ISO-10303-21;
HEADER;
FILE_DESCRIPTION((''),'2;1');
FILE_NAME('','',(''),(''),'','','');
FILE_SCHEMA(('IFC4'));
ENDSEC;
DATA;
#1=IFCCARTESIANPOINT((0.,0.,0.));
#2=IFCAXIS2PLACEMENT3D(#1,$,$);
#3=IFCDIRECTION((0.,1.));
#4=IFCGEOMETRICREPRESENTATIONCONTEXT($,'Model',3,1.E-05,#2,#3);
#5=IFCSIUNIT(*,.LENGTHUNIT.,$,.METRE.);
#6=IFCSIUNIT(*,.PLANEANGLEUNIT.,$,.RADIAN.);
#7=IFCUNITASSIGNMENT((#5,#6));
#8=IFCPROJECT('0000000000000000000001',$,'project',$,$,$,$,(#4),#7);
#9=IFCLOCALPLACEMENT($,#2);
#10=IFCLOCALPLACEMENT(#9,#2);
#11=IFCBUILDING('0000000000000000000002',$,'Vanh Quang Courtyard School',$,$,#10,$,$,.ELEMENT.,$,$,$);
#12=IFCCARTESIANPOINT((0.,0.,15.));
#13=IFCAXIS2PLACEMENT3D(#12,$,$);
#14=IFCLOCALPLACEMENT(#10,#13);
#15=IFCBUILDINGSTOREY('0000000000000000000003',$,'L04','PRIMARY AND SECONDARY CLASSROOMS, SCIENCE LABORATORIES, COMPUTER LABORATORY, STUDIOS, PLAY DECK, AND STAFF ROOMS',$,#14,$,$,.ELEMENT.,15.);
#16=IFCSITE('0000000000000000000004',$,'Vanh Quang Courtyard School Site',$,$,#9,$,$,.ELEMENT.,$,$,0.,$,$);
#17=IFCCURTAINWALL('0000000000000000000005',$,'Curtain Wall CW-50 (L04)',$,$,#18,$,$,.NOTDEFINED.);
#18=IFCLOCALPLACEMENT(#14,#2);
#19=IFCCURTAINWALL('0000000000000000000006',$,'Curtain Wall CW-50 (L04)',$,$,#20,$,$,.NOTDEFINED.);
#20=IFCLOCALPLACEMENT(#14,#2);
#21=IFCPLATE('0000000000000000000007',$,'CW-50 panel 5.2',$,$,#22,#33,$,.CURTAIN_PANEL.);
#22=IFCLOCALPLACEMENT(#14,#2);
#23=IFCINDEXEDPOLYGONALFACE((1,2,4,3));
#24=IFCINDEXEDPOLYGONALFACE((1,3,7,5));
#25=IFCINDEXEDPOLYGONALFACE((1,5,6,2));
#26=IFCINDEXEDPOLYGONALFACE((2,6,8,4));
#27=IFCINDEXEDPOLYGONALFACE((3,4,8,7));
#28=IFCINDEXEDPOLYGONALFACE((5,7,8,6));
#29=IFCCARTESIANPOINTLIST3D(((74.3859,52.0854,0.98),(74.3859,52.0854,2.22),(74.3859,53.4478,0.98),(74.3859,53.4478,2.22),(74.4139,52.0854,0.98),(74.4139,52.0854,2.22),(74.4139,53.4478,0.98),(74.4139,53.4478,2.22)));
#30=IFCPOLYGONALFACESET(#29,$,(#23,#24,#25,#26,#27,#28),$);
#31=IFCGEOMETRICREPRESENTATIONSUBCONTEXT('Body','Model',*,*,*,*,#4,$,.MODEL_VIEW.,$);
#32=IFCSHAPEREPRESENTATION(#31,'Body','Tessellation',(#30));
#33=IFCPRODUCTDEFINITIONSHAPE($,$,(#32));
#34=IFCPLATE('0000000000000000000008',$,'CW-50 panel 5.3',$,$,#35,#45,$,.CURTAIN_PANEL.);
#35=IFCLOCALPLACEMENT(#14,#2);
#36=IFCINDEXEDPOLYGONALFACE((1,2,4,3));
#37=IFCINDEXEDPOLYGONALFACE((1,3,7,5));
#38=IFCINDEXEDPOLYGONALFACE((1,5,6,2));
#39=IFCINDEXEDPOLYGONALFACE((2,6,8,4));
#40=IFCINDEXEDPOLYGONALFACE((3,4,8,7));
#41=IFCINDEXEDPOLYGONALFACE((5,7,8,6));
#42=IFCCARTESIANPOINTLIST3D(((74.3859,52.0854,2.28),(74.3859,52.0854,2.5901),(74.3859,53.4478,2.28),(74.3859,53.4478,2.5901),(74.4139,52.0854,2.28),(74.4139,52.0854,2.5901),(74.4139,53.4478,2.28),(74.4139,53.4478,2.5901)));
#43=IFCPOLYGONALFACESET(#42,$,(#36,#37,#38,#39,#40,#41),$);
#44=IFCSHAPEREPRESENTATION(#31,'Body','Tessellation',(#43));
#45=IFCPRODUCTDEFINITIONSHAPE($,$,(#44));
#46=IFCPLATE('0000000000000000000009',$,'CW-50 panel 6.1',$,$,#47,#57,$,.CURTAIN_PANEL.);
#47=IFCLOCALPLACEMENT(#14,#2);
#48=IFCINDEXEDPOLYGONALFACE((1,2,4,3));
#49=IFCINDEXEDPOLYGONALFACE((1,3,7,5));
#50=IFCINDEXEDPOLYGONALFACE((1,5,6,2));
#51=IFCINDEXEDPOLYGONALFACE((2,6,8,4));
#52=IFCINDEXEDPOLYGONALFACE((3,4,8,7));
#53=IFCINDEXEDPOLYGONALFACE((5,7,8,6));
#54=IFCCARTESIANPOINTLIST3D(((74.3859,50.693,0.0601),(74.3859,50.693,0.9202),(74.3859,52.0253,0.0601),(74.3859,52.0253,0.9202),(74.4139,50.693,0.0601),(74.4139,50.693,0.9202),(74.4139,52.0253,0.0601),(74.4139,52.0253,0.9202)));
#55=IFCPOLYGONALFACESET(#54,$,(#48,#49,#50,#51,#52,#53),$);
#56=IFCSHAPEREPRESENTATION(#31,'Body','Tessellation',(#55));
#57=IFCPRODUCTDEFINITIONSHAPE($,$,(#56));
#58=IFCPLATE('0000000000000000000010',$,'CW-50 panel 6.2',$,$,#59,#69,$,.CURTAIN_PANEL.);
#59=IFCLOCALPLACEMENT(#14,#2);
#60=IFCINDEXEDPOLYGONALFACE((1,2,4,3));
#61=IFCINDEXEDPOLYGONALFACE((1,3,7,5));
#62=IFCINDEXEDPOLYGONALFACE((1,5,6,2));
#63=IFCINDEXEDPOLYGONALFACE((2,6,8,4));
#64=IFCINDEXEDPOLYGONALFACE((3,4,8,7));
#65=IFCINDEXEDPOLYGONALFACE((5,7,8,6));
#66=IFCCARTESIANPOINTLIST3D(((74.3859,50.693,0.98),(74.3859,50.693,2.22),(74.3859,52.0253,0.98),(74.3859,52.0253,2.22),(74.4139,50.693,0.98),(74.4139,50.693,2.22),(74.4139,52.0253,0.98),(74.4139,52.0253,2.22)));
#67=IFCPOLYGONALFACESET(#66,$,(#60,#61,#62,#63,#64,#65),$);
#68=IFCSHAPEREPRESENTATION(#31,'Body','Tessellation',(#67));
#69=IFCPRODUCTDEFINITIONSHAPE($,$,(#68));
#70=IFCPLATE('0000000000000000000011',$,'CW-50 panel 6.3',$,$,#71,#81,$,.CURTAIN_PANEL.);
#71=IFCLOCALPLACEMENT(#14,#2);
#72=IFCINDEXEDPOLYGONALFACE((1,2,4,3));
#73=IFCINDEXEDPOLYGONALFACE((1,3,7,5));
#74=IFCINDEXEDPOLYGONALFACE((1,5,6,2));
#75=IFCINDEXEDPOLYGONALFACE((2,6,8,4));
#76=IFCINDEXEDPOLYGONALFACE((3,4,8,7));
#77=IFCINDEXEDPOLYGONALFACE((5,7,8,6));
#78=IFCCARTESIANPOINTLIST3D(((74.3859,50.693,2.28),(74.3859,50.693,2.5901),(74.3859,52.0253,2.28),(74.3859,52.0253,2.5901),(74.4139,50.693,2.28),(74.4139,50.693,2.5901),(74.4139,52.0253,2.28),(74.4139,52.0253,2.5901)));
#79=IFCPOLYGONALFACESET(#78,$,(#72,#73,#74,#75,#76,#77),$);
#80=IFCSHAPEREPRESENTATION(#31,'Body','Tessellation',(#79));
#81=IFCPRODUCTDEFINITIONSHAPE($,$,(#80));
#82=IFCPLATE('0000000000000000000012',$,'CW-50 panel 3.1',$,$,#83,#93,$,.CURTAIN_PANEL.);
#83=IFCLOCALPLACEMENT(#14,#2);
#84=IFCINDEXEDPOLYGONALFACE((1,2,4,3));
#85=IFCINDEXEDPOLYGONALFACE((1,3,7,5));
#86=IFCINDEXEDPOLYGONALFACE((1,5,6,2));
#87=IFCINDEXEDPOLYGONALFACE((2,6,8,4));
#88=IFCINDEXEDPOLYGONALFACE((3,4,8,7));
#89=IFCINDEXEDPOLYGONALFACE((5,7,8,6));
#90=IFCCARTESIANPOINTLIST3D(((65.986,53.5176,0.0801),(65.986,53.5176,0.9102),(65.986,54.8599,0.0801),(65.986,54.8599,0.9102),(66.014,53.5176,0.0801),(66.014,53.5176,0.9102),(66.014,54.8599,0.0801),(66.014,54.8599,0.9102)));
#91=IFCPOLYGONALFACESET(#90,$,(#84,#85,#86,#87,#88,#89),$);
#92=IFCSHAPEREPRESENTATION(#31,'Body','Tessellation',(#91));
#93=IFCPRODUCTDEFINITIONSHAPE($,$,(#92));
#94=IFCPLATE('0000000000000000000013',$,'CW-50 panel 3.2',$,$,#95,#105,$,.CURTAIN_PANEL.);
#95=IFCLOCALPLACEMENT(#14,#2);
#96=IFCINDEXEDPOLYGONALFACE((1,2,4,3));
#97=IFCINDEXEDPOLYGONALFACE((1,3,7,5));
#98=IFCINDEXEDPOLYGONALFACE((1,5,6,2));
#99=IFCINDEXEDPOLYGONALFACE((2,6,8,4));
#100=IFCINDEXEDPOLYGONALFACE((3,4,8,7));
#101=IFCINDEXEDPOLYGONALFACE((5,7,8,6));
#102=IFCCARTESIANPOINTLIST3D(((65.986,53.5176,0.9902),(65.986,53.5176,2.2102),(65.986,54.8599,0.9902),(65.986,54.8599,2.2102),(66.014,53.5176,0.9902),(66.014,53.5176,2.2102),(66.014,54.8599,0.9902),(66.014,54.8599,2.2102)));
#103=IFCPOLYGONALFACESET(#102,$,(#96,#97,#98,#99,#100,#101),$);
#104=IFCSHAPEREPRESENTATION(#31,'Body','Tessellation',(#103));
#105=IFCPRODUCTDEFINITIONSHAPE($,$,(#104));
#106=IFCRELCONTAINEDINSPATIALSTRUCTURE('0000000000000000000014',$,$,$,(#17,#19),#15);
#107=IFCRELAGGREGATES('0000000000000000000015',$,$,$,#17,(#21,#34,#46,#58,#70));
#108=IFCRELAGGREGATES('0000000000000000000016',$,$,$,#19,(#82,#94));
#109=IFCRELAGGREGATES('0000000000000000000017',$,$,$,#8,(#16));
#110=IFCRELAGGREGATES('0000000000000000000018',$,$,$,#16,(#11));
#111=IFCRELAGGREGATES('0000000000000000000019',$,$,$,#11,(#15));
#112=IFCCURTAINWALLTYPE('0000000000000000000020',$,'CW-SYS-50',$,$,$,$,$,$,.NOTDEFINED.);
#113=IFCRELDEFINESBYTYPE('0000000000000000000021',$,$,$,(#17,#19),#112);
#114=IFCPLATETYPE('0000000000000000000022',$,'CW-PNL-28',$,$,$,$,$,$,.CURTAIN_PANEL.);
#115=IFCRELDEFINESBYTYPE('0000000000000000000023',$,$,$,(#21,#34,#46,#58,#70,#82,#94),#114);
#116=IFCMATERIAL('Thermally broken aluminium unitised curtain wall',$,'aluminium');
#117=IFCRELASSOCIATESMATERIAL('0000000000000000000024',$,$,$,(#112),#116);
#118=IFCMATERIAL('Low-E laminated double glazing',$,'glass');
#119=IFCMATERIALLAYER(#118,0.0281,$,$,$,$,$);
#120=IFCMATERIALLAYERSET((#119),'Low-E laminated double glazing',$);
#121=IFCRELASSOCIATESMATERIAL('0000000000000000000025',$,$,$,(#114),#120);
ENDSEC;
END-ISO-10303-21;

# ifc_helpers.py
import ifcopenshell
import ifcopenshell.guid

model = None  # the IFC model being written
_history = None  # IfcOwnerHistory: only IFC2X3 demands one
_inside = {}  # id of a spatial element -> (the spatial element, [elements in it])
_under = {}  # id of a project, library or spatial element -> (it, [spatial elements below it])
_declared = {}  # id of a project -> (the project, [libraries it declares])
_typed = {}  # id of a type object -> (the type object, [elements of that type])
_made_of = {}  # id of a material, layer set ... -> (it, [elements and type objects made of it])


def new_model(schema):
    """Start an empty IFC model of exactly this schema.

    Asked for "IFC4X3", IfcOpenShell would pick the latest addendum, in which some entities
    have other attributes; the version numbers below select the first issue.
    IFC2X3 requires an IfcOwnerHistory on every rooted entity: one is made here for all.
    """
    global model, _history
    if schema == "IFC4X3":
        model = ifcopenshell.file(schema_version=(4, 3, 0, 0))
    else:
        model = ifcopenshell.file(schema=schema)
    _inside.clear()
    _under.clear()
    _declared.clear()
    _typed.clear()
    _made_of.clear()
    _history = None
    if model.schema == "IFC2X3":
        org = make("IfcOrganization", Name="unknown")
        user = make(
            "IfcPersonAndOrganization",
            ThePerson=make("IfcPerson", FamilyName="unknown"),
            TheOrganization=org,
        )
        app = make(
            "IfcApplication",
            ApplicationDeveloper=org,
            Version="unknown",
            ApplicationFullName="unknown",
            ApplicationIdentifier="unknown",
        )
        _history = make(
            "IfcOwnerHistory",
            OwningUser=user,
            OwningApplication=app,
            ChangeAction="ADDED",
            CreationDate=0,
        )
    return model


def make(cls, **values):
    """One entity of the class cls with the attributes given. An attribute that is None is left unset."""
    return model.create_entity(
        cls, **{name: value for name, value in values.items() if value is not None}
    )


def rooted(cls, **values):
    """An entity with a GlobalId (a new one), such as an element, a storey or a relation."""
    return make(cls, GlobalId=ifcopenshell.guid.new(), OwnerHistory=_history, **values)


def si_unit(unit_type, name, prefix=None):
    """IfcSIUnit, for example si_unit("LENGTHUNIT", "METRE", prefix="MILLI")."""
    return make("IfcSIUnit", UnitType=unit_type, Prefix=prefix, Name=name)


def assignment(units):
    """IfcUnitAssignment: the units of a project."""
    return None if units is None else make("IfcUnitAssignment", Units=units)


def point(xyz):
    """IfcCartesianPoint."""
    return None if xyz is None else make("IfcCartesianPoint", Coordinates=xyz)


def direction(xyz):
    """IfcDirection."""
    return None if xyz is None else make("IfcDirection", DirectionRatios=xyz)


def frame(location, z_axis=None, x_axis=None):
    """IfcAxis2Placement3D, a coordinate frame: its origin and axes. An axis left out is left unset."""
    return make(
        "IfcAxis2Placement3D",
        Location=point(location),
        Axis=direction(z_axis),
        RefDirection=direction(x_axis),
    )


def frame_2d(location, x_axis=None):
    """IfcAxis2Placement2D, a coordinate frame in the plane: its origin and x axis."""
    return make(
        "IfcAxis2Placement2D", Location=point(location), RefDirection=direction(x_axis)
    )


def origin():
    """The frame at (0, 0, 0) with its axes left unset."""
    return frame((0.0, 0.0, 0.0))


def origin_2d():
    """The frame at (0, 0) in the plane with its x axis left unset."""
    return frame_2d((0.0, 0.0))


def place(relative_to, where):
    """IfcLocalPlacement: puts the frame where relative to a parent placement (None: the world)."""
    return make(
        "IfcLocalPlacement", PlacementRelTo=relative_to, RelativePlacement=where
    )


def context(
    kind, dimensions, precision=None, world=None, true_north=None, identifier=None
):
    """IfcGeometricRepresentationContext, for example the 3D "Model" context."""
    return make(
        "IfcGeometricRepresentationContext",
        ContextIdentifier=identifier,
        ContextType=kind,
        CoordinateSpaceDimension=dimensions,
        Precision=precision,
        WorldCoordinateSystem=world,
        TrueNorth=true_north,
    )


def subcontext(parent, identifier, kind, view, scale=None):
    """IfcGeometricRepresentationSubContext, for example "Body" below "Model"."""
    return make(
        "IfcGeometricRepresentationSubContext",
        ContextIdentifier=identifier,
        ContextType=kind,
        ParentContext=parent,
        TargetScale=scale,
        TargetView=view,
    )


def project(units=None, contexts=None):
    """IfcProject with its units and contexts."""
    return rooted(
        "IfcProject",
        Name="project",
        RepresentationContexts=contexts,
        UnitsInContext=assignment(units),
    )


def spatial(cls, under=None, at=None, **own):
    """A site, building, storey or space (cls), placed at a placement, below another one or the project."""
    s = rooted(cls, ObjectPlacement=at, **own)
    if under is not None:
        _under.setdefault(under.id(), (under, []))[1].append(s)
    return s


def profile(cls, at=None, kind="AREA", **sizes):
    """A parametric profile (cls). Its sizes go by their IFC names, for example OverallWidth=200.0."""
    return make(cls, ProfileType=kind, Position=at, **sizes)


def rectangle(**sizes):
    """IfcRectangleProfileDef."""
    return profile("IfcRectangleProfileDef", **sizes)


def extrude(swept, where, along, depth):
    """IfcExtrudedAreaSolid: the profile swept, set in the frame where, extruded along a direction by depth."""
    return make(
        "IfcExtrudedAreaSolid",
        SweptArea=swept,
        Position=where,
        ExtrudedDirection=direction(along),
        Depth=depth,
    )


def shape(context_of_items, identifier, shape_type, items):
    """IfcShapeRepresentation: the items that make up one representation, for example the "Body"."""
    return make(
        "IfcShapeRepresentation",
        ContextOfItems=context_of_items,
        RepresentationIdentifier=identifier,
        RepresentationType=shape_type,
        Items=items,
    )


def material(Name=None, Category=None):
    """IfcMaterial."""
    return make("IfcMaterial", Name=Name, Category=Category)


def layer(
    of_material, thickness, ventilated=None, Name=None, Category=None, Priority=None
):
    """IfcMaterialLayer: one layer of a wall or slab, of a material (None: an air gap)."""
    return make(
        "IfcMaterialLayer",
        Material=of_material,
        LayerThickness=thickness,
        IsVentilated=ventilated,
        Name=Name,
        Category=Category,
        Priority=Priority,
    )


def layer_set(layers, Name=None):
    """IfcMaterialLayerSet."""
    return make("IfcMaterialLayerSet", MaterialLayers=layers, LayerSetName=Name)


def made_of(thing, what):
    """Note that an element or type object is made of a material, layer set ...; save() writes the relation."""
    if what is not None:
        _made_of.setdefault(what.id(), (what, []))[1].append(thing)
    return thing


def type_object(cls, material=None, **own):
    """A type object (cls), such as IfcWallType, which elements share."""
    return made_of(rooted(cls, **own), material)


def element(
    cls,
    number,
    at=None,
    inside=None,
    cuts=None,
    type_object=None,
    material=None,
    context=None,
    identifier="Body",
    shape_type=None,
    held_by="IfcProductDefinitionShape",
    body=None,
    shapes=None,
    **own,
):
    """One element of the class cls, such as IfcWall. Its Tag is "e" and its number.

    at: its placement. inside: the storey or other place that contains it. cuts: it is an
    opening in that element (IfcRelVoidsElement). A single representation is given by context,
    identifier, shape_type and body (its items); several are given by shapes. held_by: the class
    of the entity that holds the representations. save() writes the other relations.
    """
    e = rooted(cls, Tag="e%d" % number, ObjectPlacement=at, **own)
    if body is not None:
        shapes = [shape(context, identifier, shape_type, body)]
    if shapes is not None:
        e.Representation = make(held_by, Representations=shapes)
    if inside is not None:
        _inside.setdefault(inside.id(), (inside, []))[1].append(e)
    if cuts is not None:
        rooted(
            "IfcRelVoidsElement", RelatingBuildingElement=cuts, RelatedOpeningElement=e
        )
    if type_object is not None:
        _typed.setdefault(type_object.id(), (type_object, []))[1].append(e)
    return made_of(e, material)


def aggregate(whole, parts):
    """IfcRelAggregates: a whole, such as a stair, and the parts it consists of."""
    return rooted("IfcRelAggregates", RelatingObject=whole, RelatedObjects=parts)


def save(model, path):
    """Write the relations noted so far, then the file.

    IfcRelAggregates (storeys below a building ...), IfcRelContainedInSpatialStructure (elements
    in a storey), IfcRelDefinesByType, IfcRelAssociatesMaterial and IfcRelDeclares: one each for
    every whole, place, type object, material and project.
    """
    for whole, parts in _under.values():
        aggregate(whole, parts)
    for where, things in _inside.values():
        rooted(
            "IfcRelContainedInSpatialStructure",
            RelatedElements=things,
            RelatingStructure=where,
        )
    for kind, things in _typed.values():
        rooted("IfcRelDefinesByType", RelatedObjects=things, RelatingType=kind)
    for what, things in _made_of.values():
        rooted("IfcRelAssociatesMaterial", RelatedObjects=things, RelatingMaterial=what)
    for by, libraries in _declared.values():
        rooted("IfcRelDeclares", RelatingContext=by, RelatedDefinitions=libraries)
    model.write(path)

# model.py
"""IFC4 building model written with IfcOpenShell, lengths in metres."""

from ifc_helpers import new_model, si_unit, direction, frame, origin, origin_2d, place, context, subcontext, project, spatial, rectangle, extrude, material, layer, layer_set, type_object, element, aggregate, save


model = new_model("IFC4")

# Units and contexts
model_context = context("Model", 3, precision=1e-05, world=origin(), true_north=direction((0.0, 1.0)))
body_context = subcontext(model_context, "Body", "Model", "MODEL_VIEW")
ifc_project = project(units=[si_unit("LENGTHUNIT", "METRE"), si_unit("PLANEANGLEUNIT", "RADIAN")], contexts=[model_context])

# Site, building, storey
site_placement = place(None, origin())
site = spatial("IfcSite", under=ifc_project, at=site_placement, Name="Vanh Quang Courtyard School Site", CompositionType="ELEMENT", RefElevation=0.0)
building_placement = place(site_placement, origin())
building = spatial("IfcBuilding", under=site, at=building_placement, Name="Vanh Quang Courtyard School", CompositionType="ELEMENT")
storey_placement = place(building_placement, frame((0.0, 0.0, 15.0)))
storey = spatial("IfcBuildingStorey", under=building, at=storey_placement, Name="L04", Description="PRIMARY AND SECONDARY CLASSROOMS, SCIENCE LABORATORIES, COMPUTER LABORATORY, STUDIOS, PLAY DECK, AND STAFF ROOMS", CompositionType="ELEMENT", Elevation=15.0)

# Curtain wall
ifc_material_1 = material(Name="Thermally broken aluminium unitised curtain wall", Category="aluminium")
curtain_wall_type = type_object("IfcCurtainWallType", Name="CW-SYS-50", PredefinedType="NOTDEFINED", material=ifc_material_1)
curtain_wall_1_placement = place(storey_placement, origin())
curtain_wall_1 = element("IfcCurtainWall", 1, at=curtain_wall_1_placement, inside=storey, type_object=curtain_wall_type, Name="Curtain Wall CW-50 (L04)", PredefinedType="NOTDEFINED")

# Curtain wall
curtain_wall_2_placement = place(storey_placement, origin())
curtain_wall_2 = element("IfcCurtainWall", 2, at=curtain_wall_2_placement, inside=storey, type_object=curtain_wall_type, Name="Curtain Wall CW-50 (L04)", PredefinedType="NOTDEFINED")

# Plates
ifc_material_2 = material(Name="Low-E laminated double glazing", Category="glass")
ifc_layer = layer(ifc_material_2, 0.0281)
ifc_layer_set = layer_set([ifc_layer], Name="Low-E laminated double glazing")
plate_type = type_object("IfcPlateType", Name="CW-PNL-28", PredefinedType="CURTAIN_PANEL", material=ifc_layer_set)
plate_1_placement = place(storey_placement, frame((74.3999, 52.7666, 0.98), z_axis=(0.0, 0.0, 1.0), x_axis=(0.0, -1.0, 0.0)))
plate_1 = element("IfcPlate", 3, at=plate_1_placement, type_object=plate_type, Name="CW-50 panel 5.2", PredefinedType="CURTAIN_PANEL", context=body_context, shape_type="SweptSolid", body=[
    extrude(rectangle(XDim=1.3623, YDim=0.0281, at=origin_2d()), origin(), (0.0, 0.0, 1.0), 1.24),
])
plate_2_placement = place(storey_placement, frame((74.3999, 52.7666, 2.28), z_axis=(0.0, 0.0, 1.0), x_axis=(0.0, -1.0, 0.0)))
plate_2 = element("IfcPlate", 4, at=plate_2_placement, type_object=plate_type, Name="CW-50 panel 5.3", PredefinedType="CURTAIN_PANEL", context=body_context, shape_type="SweptSolid", body=[
    extrude(rectangle(XDim=1.3623, YDim=0.0281, at=origin_2d()), origin(), (0.0, 0.0, 1.0), 0.3101),
])
plate_3_placement = place(storey_placement, frame((74.3999, 51.3591, 0.0601), z_axis=(0.0, 0.0, 1.0), x_axis=(0.0, -1.0, 0.0)))
plate_3 = element("IfcPlate", 5, at=plate_3_placement, type_object=plate_type, Name="CW-50 panel 6.1", PredefinedType="CURTAIN_PANEL", context=body_context, shape_type="SweptSolid", body=[
    extrude(rectangle(XDim=1.3323, YDim=0.0281, at=origin_2d()), origin(), (0.0, 0.0, 1.0), 0.8601),
])
plate_4_placement = place(storey_placement, frame((74.3999, 51.3591, 0.98), z_axis=(0.0, 0.0, 1.0), x_axis=(0.0, -1.0, 0.0)))
plate_4 = element("IfcPlate", 6, at=plate_4_placement, type_object=plate_type, Name="CW-50 panel 6.2", PredefinedType="CURTAIN_PANEL", context=body_context, shape_type="SweptSolid", body=[
    extrude(rectangle(XDim=1.3323, YDim=0.0281, at=origin_2d()), origin(), (0.0, 0.0, 1.0), 1.24),
])
plate_5_placement = place(storey_placement, frame((74.3999, 51.3591, 2.28), z_axis=(0.0, 0.0, 1.0), x_axis=(0.0, -1.0, 0.0)))
plate_5 = element("IfcPlate", 7, at=plate_5_placement, type_object=plate_type, Name="CW-50 panel 6.3", PredefinedType="CURTAIN_PANEL", context=body_context, shape_type="SweptSolid", body=[
    extrude(rectangle(XDim=1.3323, YDim=0.0281, at=origin_2d()), origin(), (0.0, 0.0, 1.0), 0.3101),
])
aggregate(curtain_wall_1, [plate_1, plate_2, plate_3, plate_4, plate_5])
plate_6_placement = place(storey_placement, frame((66.0, 54.1887, 0.0801), z_axis=(0.0, 0.0, 1.0), x_axis=(0.0, 1.0, 0.0)))
plate_6 = element("IfcPlate", 8, at=plate_6_placement, type_object=plate_type, Name="CW-50 panel 3.1", PredefinedType="CURTAIN_PANEL", context=body_context, shape_type="SweptSolid", body=[
    extrude(rectangle(XDim=1.3423, YDim=0.0281, at=origin_2d()), origin(), (0.0, 0.0, 1.0), 0.8301),
])
plate_7_placement = place(storey_placement, frame((66.0, 54.1887, 0.9902), z_axis=(0.0, 0.0, 1.0), x_axis=(0.0, 1.0, 0.0)))
plate_7 = element("IfcPlate", 9, at=plate_7_placement, type_object=plate_type, Name="CW-50 panel 3.2", PredefinedType="CURTAIN_PANEL", context=body_context, shape_type="SweptSolid", body=[
    extrude(rectangle(XDim=1.3423, YDim=0.0281, at=origin_2d()), origin(), (0.0, 0.0, 1.0), 1.22),
])
aggregate(curtain_wall_2, [plate_6, plate_7])

save(model, "model.ifc")
